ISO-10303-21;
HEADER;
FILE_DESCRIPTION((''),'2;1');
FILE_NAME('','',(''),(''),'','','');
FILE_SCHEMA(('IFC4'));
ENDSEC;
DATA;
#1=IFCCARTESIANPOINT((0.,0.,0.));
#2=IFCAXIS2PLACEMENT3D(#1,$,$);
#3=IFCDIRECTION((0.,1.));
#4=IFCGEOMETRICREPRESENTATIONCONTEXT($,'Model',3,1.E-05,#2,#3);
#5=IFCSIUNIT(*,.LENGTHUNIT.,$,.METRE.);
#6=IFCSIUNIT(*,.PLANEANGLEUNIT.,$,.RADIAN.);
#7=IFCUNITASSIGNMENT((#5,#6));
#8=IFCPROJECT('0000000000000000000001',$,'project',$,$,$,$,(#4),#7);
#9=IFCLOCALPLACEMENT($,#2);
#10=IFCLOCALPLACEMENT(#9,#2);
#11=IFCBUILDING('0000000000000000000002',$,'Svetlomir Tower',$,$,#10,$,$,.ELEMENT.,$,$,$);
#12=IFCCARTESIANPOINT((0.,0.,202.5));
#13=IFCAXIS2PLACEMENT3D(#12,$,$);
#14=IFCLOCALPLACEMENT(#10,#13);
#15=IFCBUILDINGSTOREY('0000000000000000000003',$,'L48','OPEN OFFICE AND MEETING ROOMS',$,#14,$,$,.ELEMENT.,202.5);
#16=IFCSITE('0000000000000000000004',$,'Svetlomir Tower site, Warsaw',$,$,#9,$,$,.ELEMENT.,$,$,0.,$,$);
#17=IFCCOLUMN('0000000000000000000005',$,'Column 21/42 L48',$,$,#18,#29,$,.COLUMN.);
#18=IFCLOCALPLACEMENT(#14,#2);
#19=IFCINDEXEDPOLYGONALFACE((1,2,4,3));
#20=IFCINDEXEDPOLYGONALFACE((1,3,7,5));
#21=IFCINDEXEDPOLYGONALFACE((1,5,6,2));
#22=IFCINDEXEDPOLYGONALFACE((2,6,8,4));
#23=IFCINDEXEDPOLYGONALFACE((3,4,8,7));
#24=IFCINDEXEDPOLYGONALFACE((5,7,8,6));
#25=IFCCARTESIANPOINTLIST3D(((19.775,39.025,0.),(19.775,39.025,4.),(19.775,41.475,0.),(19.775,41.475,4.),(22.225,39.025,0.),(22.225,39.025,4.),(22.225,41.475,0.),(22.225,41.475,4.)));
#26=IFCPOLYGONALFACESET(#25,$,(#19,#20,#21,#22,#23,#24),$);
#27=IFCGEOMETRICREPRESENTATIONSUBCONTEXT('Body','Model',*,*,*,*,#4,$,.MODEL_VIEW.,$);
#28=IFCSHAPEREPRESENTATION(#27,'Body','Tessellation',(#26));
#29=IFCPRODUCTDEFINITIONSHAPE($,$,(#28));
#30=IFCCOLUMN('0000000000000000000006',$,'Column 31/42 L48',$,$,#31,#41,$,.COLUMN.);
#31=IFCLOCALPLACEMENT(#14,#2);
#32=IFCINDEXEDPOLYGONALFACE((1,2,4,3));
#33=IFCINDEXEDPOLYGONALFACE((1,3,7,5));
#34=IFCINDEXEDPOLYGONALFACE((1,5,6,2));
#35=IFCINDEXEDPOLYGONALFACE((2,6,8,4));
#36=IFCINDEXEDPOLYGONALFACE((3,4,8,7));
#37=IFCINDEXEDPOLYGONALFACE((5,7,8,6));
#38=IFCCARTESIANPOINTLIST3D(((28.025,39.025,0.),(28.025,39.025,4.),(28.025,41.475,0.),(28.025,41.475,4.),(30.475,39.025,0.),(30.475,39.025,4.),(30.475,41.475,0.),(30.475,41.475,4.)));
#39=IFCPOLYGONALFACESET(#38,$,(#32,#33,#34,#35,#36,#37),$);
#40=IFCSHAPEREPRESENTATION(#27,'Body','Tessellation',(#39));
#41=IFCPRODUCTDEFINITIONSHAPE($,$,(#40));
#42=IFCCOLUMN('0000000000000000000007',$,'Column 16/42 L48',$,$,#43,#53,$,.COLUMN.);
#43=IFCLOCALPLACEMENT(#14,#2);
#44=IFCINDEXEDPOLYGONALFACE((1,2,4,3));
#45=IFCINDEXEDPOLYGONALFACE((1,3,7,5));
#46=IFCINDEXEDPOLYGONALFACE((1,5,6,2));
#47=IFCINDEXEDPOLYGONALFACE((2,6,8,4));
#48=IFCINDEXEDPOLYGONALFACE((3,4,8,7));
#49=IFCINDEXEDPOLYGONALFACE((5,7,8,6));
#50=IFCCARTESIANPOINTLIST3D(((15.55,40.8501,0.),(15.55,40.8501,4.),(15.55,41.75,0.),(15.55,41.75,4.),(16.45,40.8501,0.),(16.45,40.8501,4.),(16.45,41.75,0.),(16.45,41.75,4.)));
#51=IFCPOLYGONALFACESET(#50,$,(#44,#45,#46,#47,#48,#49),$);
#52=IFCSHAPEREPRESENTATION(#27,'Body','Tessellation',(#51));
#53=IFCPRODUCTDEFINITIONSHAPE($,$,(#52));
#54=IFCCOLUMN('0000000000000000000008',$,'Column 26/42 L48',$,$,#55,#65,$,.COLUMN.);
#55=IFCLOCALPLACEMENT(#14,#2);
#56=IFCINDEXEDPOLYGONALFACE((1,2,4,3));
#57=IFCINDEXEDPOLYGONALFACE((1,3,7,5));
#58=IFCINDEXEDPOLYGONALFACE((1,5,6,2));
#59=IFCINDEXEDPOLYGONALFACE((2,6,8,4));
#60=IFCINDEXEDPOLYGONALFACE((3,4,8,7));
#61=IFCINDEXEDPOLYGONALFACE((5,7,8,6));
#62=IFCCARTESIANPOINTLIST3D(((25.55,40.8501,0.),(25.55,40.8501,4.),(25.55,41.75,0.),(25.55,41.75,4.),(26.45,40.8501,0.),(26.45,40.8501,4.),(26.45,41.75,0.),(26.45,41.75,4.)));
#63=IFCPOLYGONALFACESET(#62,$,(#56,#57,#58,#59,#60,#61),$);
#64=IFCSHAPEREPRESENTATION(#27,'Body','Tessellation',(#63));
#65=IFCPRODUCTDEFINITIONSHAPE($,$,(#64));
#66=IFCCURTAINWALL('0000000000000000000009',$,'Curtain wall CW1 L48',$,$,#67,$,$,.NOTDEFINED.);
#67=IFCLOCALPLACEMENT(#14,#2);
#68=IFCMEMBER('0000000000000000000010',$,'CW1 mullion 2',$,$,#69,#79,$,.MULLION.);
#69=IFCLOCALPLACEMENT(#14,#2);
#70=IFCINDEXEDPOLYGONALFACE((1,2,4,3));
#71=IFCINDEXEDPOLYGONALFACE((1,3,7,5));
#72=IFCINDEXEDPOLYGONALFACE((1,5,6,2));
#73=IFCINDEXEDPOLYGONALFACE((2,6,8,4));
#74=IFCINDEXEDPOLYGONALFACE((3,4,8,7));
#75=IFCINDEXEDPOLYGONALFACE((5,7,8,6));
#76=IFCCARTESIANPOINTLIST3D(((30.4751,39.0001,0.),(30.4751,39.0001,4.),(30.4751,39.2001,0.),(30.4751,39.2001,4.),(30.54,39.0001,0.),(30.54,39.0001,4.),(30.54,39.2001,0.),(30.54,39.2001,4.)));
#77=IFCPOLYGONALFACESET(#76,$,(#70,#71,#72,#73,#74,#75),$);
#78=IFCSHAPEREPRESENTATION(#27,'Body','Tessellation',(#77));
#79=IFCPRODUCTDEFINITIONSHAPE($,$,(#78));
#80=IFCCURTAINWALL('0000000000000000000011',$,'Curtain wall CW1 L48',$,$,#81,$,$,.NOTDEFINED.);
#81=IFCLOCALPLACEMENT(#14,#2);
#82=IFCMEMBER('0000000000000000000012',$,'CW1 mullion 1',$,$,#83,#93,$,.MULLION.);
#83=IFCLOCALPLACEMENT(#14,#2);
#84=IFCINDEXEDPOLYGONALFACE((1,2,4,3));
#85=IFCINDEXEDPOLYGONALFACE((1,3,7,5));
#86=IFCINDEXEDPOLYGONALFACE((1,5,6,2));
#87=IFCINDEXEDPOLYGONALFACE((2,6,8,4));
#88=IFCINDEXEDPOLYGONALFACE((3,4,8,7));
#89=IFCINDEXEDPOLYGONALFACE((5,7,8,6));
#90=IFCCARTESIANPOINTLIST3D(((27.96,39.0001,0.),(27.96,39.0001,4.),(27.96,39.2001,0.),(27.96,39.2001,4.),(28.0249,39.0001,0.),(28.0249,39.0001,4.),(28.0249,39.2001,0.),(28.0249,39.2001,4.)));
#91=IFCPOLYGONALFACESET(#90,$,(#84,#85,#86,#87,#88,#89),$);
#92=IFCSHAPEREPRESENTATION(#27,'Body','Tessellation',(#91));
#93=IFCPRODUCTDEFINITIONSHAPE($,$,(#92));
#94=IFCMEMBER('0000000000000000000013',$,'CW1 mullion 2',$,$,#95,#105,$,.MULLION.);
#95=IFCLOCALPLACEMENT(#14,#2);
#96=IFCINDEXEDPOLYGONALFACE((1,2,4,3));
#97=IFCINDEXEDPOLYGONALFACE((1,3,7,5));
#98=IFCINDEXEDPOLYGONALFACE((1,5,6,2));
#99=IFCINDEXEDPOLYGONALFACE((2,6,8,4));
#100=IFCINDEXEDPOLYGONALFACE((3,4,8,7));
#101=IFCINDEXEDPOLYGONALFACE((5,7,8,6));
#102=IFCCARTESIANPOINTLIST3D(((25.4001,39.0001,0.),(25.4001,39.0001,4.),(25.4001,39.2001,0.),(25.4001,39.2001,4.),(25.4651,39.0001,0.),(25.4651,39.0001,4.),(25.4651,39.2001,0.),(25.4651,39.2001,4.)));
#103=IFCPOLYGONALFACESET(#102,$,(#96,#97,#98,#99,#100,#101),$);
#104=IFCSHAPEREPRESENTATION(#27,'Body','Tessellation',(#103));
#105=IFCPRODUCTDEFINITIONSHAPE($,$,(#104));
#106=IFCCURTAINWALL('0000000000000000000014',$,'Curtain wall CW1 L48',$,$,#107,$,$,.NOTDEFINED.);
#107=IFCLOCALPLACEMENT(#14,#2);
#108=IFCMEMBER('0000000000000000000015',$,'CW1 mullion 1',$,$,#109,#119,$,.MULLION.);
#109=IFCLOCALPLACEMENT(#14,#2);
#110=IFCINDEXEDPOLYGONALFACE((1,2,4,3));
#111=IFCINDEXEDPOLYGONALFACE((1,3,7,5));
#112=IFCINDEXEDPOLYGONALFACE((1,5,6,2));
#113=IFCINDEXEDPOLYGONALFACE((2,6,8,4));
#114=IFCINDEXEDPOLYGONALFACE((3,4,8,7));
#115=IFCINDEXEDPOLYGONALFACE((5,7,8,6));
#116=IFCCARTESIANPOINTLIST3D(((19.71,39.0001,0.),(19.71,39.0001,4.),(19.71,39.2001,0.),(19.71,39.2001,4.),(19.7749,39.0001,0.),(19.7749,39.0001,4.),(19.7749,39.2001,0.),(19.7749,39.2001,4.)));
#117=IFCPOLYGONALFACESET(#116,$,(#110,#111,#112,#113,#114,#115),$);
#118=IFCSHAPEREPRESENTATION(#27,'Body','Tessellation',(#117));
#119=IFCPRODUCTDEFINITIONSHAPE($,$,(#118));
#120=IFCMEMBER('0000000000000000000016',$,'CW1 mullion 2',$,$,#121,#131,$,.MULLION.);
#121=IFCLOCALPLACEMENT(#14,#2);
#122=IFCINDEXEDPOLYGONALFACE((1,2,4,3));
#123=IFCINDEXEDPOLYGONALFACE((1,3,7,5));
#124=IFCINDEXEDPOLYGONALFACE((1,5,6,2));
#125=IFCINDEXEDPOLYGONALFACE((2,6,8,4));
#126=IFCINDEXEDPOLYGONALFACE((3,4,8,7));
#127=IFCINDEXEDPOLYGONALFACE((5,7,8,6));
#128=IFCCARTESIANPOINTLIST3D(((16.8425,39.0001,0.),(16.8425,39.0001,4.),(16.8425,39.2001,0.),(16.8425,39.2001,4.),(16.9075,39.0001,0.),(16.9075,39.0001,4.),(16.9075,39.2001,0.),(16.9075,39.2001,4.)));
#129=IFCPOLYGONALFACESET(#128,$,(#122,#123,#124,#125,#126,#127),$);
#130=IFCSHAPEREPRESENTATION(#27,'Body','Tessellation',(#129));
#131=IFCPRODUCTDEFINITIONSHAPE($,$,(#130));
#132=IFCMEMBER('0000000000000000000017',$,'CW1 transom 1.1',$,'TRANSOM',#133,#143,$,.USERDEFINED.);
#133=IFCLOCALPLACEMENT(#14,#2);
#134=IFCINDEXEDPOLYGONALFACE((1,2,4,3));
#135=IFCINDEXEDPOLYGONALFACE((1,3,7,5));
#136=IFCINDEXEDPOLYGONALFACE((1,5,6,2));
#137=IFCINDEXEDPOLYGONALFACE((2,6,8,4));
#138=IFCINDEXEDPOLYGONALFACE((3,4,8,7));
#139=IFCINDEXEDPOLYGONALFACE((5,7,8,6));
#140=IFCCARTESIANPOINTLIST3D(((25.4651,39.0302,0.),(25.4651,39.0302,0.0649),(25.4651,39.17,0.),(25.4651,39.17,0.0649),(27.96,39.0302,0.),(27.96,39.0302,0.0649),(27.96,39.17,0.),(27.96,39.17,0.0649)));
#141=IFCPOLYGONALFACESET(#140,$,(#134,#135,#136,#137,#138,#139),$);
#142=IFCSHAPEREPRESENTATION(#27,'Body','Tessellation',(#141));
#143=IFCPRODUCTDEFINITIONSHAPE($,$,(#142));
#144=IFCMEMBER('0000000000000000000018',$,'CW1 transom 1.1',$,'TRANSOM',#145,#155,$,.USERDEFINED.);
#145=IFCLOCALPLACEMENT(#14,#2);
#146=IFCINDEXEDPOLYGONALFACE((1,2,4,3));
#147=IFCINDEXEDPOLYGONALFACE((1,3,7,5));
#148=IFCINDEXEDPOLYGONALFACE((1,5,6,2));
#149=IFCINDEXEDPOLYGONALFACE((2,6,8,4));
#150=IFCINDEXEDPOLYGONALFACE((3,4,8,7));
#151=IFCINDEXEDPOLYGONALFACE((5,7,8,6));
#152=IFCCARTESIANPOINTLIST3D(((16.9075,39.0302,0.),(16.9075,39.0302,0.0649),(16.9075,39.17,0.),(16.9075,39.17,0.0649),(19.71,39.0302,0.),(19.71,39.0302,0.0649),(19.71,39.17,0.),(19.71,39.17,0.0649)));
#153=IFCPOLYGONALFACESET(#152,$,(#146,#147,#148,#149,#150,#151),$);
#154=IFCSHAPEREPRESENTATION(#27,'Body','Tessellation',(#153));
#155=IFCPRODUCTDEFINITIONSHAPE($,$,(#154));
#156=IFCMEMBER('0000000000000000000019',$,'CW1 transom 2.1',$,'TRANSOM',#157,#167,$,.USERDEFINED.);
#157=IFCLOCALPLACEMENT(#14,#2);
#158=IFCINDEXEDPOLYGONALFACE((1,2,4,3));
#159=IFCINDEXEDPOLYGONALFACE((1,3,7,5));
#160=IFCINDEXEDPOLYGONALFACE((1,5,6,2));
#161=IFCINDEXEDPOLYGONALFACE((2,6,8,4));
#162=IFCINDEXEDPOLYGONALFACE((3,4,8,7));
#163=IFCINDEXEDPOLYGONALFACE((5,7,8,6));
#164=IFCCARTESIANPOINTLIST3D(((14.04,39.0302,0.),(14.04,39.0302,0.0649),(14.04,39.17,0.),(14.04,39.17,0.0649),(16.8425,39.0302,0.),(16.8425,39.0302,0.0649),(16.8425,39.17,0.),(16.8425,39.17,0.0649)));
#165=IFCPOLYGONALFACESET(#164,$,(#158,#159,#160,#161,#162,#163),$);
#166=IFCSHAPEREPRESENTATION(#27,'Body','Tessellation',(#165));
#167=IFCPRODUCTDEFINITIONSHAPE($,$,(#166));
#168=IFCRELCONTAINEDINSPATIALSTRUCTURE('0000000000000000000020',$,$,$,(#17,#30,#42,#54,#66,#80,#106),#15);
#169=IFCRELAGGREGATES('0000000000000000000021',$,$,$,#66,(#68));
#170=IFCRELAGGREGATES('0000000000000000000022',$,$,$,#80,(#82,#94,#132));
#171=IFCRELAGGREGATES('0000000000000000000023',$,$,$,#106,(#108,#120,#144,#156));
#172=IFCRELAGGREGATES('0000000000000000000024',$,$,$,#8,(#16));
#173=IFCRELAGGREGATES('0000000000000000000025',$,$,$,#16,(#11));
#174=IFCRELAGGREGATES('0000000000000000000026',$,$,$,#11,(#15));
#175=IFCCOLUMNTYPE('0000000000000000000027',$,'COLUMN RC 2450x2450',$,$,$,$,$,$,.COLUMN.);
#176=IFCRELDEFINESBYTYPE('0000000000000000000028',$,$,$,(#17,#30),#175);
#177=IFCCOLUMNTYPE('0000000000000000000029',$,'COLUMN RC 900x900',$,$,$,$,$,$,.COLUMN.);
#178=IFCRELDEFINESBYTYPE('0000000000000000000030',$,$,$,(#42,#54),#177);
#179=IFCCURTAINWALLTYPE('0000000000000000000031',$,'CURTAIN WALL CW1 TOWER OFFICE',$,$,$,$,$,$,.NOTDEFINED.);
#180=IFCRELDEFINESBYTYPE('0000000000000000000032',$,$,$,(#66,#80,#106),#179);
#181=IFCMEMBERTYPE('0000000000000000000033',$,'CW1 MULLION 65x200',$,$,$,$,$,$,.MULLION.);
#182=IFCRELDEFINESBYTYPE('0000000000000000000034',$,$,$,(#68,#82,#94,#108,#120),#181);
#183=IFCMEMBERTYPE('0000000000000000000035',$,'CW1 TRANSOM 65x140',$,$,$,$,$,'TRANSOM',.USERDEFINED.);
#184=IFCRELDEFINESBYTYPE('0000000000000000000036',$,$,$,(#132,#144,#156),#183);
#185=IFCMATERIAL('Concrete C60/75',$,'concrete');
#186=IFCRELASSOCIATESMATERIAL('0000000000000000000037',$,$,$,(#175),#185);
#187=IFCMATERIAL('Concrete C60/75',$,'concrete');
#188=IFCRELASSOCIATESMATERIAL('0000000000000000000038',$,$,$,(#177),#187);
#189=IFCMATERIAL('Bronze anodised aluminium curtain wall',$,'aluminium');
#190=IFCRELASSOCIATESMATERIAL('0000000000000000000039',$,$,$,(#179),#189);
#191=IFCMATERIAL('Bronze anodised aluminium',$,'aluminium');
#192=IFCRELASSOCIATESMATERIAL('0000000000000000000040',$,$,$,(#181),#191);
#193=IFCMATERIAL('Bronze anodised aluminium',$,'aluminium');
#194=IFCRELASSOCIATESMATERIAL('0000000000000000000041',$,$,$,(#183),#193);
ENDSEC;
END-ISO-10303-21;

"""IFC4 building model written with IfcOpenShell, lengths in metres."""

from ifc_helpers import new_model, si_unit, direction, frame, origin, origin_2d, place, context, subcontext, project, spatial, rectangle, extrude, material, material_profile, profile_set, type_object, element, aggregate, save


model = new_model("IFC4")

# Units and contexts
model_context = context("Model", 3, precision=1e-05, world=origin(), true_north=direction((0.0, 1.0)))
body_context = subcontext(model_context, "Body", "Model", "MODEL_VIEW")
ifc_project = project(units=[si_unit("LENGTHUNIT", "METRE"), si_unit("PLANEANGLEUNIT", "RADIAN")], contexts=[model_context])

# Site, building, storey
site_placement = place(None, origin())
site = spatial("IfcSite", under=ifc_project, at=site_placement, Name="Svetlomir Tower site, Warsaw", CompositionType="ELEMENT", RefElevation=0.0)
building_placement = place(site_placement, origin())
building = spatial("IfcBuilding", under=site, at=building_placement, Name="Svetlomir Tower", CompositionType="ELEMENT")
storey_placement = place(building_placement, frame((0.0, 0.0, 202.5)))
storey = spatial("IfcBuildingStorey", under=building, at=storey_placement, Name="L48", Description="OPEN OFFICE AND MEETING ROOMS", CompositionType="ELEMENT", Elevation=202.5)

# Columns
ifc_material_1 = material(Name="Concrete C60/75", Category="concrete")
ifc_material_profile_1 = material_profile(ifc_material_1, rectangle(XDim=2.45, YDim=2.45, at=origin_2d()), Name="RC 2450x2450")
ifc_profile_set_1 = profile_set([ifc_material_profile_1], Name="Concrete C60/75")
column_type_1 = type_object("IfcColumnType", Name="COLUMN RC 2450x2450", PredefinedType="COLUMN", material=ifc_profile_set_1)
for number, where, z_axis, x_axis, name in (
    (1, (21.0, 40.25, 0.0), (0.0, 0.0, 1.0), (1.0, 0.0, 0.0), "Column 21/42 L48"),
    (2, (29.25, 40.25, 0.0), (0.0, 0.0, 1.0), (1.0, 0.0, 0.0), "Column 31/42 L48"),
):
    element("IfcColumn", number, at=place(storey_placement, frame(where, z_axis=z_axis, x_axis=x_axis)), inside=storey, type_object=column_type_1, Name=name, PredefinedType="COLUMN", context=body_context, shape_type="SweptSolid", body=[
        extrude(rectangle(XDim=2.45, YDim=2.45, at=origin_2d()), origin(), (0.0, 0.0, 1.0), 4.0),
    ])
ifc_material_2 = material(Name="Concrete C60/75", Category="concrete")
ifc_material_profile_2 = material_profile(ifc_material_2, rectangle(XDim=0.8999, YDim=0.8999, at=origin_2d()), Name="RC 900x900")
ifc_profile_set_2 = profile_set([ifc_material_profile_2], Name="Concrete C60/75")
column_type_2 = type_object("IfcColumnType", Name="COLUMN RC 900x900", PredefinedType="COLUMN", material=ifc_profile_set_2)
for number, where, z_axis, x_axis, name in (
    (3, (16.0, 41.3, 0.0), (0.0, 0.0, 1.0), (1.0, 0.0, 0.0), "Column 16/42 L48"),
    (4, (26.0, 41.3, 0.0), (0.0, 0.0, 1.0), (1.0, 0.0, 0.0), "Column 26/42 L48"),
):
    element("IfcColumn", number, at=place(storey_placement, frame(where, z_axis=z_axis, x_axis=x_axis)), inside=storey, type_object=column_type_2, Name=name, PredefinedType="COLUMN", context=body_context, shape_type="SweptSolid", body=[
        extrude(rectangle(XDim=0.8999, YDim=0.8999, at=origin_2d()), origin(), (0.0, 0.0, 1.0), 4.0),
    ])

# Curtain wall, member
ifc_material_3 = material(Name="Bronze anodised aluminium curtain wall", Category="aluminium")
curtain_wall_type = type_object("IfcCurtainWallType", Name="CURTAIN WALL CW1 TOWER OFFICE", PredefinedType="NOTDEFINED", material=ifc_material_3)
curtain_wall_1_placement = place(storey_placement, origin())
curtain_wall_1 = element("IfcCurtainWall", 5, at=curtain_wall_1_placement, inside=storey, type_object=curtain_wall_type, Name="Curtain wall CW1 L48", PredefinedType="NOTDEFINED")
ifc_material_4 = material(Name="Bronze anodised aluminium", Category="aluminium")
ifc_material_profile_3 = material_profile(ifc_material_4, rectangle(XDim=0.0649, YDim=0.2, at=origin_2d()), Name="AL 65x200")
ifc_profile_set_3 = profile_set([ifc_material_profile_3], Name="Bronze anodised aluminium 6063-T6")
member_type_1 = type_object("IfcMemberType", Name="CW1 MULLION 65x200", PredefinedType="MULLION", material=ifc_profile_set_3)
member_1_placement = place(storey_placement, frame((30.5076, 39.1001, 0.0), z_axis=(0.0, 0.0, 1.0), x_axis=(-1.0, 0.0, 0.0)))
member_1 = element("IfcMember", 6, at=member_1_placement, type_object=member_type_1, Name="CW1 mullion 2", PredefinedType="MULLION", context=body_context, shape_type="SweptSolid", body=[
    extrude(rectangle(XDim=0.0649, YDim=0.2, at=origin_2d()), origin(), (0.0, 0.0, 1.0), 4.0),
])
aggregate(curtain_wall_1, [member_1])

# Curtain walls, members
curtain_wall_2_placement = place(storey_placement, origin())
curtain_wall_2 = element("IfcCurtainWall", 7, at=curtain_wall_2_placement, inside=storey, type_object=curtain_wall_type, Name="Curtain wall CW1 L48", PredefinedType="NOTDEFINED")
member_2_placement = place(storey_placement, frame((27.9924, 39.1001, 0.0), z_axis=(0.0, 0.0, 1.0), x_axis=(-1.0, 0.0, 0.0)))
member_2 = element("IfcMember", 8, at=member_2_placement, type_object=member_type_1, Name="CW1 mullion 1", PredefinedType="MULLION", context=body_context, shape_type="SweptSolid", body=[
    extrude(rectangle(XDim=0.0649, YDim=0.2, at=origin_2d()), origin(), (0.0, 0.0, 1.0), 4.0),
])
member_3_placement = place(storey_placement, frame((25.4326, 39.1001, 0.0), z_axis=(0.0, 0.0, 1.0), x_axis=(-1.0, 0.0, 0.0)))
member_3 = element("IfcMember", 9, at=member_3_placement, type_object=member_type_1, Name="CW1 mullion 2", PredefinedType="MULLION", context=body_context, shape_type="SweptSolid", body=[
    extrude(rectangle(XDim=0.0649, YDim=0.2, at=origin_2d()), origin(), (0.0, 0.0, 1.0), 4.0),
])
curtain_wall_3_placement = place(storey_placement, origin())
curtain_wall_3 = element("IfcCurtainWall", 10, at=curtain_wall_3_placement, inside=storey, type_object=curtain_wall_type, Name="Curtain wall CW1 L48", PredefinedType="NOTDEFINED")
member_4_placement = place(storey_placement, frame((19.7424, 39.1001, 0.0), z_axis=(0.0, 0.0, 1.0), x_axis=(-1.0, 0.0, 0.0)))
member_4 = element("IfcMember", 11, at=member_4_placement, type_object=member_type_1, Name="CW1 mullion 1", PredefinedType="MULLION", context=body_context, shape_type="SweptSolid", body=[
    extrude(rectangle(XDim=0.0649, YDim=0.2, at=origin_2d()), origin(), (0.0, 0.0, 1.0), 4.0),
])
member_5_placement = place(storey_placement, frame((16.875, 39.1001, 0.0), z_axis=(0.0, 0.0, 1.0), x_axis=(-1.0, 0.0, 0.0)))
member_5 = element("IfcMember", 12, at=member_5_placement, type_object=member_type_1, Name="CW1 mullion 2", PredefinedType="MULLION", context=body_context, shape_type="SweptSolid", body=[
    extrude(rectangle(XDim=0.0649, YDim=0.2, at=origin_2d()), origin(), (0.0, 0.0, 1.0), 4.0),
])

# Members
ifc_material_5 = material(Name="Bronze anodised aluminium", Category="aluminium")
ifc_material_profile_4 = material_profile(ifc_material_5, rectangle(XDim=0.1399, YDim=0.0649, at=origin_2d()), Name="AL 140x65")
ifc_profile_set_4 = profile_set([ifc_material_profile_4], Name="Bronze anodised aluminium 6063-T6")
member_type_2 = type_object("IfcMemberType", Name="CW1 TRANSOM 65x140", ElementType="TRANSOM", PredefinedType="USERDEFINED", material=ifc_profile_set_4)
member_6_placement = place(storey_placement, frame((27.96, 39.1001, 0.0325), z_axis=(-1.0, 0.0, 0.0), x_axis=(0.0, -1.0, 0.0)))
member_6 = element("IfcMember", 13, at=member_6_placement, type_object=member_type_2, Name="CW1 transom 1.1", ObjectType="TRANSOM", PredefinedType="USERDEFINED", context=body_context, shape_type="SweptSolid", body=[
    extrude(rectangle(XDim=0.1399, YDim=0.0649, at=origin_2d()), origin(), (0.0, 0.0, 1.0), 2.4949),
])
member_7_placement = place(storey_placement, frame((19.71, 39.1001, 0.0325), z_axis=(-1.0, 0.0, 0.0), x_axis=(0.0, -1.0, 0.0)))
member_7 = element("IfcMember", 14, at=member_7_placement, type_object=member_type_2, Name="CW1 transom 1.1", ObjectType="TRANSOM", PredefinedType="USERDEFINED", context=body_context, shape_type="SweptSolid", body=[
    extrude(rectangle(XDim=0.1399, YDim=0.0649, at=origin_2d()), origin(), (0.0, 0.0, 1.0), 2.8025),
])
member_8_placement = place(storey_placement, frame((16.8425, 39.1001, 0.0325), z_axis=(-1.0, 0.0, 0.0), x_axis=(0.0, -1.0, 0.0)))
member_8 = element("IfcMember", 15, at=member_8_placement, type_object=member_type_2, Name="CW1 transom 2.1", ObjectType="TRANSOM", PredefinedType="USERDEFINED", context=body_context, shape_type="SweptSolid", body=[
    extrude(rectangle(XDim=0.1399, YDim=0.0649, at=origin_2d()), origin(), (0.0, 0.0, 1.0), 2.8025),
])

aggregate(curtain_wall_2, [member_2, member_3, member_6])
aggregate(curtain_wall_3, [member_4, member_5, member_7, member_8])

save(model, "model.ifc")
